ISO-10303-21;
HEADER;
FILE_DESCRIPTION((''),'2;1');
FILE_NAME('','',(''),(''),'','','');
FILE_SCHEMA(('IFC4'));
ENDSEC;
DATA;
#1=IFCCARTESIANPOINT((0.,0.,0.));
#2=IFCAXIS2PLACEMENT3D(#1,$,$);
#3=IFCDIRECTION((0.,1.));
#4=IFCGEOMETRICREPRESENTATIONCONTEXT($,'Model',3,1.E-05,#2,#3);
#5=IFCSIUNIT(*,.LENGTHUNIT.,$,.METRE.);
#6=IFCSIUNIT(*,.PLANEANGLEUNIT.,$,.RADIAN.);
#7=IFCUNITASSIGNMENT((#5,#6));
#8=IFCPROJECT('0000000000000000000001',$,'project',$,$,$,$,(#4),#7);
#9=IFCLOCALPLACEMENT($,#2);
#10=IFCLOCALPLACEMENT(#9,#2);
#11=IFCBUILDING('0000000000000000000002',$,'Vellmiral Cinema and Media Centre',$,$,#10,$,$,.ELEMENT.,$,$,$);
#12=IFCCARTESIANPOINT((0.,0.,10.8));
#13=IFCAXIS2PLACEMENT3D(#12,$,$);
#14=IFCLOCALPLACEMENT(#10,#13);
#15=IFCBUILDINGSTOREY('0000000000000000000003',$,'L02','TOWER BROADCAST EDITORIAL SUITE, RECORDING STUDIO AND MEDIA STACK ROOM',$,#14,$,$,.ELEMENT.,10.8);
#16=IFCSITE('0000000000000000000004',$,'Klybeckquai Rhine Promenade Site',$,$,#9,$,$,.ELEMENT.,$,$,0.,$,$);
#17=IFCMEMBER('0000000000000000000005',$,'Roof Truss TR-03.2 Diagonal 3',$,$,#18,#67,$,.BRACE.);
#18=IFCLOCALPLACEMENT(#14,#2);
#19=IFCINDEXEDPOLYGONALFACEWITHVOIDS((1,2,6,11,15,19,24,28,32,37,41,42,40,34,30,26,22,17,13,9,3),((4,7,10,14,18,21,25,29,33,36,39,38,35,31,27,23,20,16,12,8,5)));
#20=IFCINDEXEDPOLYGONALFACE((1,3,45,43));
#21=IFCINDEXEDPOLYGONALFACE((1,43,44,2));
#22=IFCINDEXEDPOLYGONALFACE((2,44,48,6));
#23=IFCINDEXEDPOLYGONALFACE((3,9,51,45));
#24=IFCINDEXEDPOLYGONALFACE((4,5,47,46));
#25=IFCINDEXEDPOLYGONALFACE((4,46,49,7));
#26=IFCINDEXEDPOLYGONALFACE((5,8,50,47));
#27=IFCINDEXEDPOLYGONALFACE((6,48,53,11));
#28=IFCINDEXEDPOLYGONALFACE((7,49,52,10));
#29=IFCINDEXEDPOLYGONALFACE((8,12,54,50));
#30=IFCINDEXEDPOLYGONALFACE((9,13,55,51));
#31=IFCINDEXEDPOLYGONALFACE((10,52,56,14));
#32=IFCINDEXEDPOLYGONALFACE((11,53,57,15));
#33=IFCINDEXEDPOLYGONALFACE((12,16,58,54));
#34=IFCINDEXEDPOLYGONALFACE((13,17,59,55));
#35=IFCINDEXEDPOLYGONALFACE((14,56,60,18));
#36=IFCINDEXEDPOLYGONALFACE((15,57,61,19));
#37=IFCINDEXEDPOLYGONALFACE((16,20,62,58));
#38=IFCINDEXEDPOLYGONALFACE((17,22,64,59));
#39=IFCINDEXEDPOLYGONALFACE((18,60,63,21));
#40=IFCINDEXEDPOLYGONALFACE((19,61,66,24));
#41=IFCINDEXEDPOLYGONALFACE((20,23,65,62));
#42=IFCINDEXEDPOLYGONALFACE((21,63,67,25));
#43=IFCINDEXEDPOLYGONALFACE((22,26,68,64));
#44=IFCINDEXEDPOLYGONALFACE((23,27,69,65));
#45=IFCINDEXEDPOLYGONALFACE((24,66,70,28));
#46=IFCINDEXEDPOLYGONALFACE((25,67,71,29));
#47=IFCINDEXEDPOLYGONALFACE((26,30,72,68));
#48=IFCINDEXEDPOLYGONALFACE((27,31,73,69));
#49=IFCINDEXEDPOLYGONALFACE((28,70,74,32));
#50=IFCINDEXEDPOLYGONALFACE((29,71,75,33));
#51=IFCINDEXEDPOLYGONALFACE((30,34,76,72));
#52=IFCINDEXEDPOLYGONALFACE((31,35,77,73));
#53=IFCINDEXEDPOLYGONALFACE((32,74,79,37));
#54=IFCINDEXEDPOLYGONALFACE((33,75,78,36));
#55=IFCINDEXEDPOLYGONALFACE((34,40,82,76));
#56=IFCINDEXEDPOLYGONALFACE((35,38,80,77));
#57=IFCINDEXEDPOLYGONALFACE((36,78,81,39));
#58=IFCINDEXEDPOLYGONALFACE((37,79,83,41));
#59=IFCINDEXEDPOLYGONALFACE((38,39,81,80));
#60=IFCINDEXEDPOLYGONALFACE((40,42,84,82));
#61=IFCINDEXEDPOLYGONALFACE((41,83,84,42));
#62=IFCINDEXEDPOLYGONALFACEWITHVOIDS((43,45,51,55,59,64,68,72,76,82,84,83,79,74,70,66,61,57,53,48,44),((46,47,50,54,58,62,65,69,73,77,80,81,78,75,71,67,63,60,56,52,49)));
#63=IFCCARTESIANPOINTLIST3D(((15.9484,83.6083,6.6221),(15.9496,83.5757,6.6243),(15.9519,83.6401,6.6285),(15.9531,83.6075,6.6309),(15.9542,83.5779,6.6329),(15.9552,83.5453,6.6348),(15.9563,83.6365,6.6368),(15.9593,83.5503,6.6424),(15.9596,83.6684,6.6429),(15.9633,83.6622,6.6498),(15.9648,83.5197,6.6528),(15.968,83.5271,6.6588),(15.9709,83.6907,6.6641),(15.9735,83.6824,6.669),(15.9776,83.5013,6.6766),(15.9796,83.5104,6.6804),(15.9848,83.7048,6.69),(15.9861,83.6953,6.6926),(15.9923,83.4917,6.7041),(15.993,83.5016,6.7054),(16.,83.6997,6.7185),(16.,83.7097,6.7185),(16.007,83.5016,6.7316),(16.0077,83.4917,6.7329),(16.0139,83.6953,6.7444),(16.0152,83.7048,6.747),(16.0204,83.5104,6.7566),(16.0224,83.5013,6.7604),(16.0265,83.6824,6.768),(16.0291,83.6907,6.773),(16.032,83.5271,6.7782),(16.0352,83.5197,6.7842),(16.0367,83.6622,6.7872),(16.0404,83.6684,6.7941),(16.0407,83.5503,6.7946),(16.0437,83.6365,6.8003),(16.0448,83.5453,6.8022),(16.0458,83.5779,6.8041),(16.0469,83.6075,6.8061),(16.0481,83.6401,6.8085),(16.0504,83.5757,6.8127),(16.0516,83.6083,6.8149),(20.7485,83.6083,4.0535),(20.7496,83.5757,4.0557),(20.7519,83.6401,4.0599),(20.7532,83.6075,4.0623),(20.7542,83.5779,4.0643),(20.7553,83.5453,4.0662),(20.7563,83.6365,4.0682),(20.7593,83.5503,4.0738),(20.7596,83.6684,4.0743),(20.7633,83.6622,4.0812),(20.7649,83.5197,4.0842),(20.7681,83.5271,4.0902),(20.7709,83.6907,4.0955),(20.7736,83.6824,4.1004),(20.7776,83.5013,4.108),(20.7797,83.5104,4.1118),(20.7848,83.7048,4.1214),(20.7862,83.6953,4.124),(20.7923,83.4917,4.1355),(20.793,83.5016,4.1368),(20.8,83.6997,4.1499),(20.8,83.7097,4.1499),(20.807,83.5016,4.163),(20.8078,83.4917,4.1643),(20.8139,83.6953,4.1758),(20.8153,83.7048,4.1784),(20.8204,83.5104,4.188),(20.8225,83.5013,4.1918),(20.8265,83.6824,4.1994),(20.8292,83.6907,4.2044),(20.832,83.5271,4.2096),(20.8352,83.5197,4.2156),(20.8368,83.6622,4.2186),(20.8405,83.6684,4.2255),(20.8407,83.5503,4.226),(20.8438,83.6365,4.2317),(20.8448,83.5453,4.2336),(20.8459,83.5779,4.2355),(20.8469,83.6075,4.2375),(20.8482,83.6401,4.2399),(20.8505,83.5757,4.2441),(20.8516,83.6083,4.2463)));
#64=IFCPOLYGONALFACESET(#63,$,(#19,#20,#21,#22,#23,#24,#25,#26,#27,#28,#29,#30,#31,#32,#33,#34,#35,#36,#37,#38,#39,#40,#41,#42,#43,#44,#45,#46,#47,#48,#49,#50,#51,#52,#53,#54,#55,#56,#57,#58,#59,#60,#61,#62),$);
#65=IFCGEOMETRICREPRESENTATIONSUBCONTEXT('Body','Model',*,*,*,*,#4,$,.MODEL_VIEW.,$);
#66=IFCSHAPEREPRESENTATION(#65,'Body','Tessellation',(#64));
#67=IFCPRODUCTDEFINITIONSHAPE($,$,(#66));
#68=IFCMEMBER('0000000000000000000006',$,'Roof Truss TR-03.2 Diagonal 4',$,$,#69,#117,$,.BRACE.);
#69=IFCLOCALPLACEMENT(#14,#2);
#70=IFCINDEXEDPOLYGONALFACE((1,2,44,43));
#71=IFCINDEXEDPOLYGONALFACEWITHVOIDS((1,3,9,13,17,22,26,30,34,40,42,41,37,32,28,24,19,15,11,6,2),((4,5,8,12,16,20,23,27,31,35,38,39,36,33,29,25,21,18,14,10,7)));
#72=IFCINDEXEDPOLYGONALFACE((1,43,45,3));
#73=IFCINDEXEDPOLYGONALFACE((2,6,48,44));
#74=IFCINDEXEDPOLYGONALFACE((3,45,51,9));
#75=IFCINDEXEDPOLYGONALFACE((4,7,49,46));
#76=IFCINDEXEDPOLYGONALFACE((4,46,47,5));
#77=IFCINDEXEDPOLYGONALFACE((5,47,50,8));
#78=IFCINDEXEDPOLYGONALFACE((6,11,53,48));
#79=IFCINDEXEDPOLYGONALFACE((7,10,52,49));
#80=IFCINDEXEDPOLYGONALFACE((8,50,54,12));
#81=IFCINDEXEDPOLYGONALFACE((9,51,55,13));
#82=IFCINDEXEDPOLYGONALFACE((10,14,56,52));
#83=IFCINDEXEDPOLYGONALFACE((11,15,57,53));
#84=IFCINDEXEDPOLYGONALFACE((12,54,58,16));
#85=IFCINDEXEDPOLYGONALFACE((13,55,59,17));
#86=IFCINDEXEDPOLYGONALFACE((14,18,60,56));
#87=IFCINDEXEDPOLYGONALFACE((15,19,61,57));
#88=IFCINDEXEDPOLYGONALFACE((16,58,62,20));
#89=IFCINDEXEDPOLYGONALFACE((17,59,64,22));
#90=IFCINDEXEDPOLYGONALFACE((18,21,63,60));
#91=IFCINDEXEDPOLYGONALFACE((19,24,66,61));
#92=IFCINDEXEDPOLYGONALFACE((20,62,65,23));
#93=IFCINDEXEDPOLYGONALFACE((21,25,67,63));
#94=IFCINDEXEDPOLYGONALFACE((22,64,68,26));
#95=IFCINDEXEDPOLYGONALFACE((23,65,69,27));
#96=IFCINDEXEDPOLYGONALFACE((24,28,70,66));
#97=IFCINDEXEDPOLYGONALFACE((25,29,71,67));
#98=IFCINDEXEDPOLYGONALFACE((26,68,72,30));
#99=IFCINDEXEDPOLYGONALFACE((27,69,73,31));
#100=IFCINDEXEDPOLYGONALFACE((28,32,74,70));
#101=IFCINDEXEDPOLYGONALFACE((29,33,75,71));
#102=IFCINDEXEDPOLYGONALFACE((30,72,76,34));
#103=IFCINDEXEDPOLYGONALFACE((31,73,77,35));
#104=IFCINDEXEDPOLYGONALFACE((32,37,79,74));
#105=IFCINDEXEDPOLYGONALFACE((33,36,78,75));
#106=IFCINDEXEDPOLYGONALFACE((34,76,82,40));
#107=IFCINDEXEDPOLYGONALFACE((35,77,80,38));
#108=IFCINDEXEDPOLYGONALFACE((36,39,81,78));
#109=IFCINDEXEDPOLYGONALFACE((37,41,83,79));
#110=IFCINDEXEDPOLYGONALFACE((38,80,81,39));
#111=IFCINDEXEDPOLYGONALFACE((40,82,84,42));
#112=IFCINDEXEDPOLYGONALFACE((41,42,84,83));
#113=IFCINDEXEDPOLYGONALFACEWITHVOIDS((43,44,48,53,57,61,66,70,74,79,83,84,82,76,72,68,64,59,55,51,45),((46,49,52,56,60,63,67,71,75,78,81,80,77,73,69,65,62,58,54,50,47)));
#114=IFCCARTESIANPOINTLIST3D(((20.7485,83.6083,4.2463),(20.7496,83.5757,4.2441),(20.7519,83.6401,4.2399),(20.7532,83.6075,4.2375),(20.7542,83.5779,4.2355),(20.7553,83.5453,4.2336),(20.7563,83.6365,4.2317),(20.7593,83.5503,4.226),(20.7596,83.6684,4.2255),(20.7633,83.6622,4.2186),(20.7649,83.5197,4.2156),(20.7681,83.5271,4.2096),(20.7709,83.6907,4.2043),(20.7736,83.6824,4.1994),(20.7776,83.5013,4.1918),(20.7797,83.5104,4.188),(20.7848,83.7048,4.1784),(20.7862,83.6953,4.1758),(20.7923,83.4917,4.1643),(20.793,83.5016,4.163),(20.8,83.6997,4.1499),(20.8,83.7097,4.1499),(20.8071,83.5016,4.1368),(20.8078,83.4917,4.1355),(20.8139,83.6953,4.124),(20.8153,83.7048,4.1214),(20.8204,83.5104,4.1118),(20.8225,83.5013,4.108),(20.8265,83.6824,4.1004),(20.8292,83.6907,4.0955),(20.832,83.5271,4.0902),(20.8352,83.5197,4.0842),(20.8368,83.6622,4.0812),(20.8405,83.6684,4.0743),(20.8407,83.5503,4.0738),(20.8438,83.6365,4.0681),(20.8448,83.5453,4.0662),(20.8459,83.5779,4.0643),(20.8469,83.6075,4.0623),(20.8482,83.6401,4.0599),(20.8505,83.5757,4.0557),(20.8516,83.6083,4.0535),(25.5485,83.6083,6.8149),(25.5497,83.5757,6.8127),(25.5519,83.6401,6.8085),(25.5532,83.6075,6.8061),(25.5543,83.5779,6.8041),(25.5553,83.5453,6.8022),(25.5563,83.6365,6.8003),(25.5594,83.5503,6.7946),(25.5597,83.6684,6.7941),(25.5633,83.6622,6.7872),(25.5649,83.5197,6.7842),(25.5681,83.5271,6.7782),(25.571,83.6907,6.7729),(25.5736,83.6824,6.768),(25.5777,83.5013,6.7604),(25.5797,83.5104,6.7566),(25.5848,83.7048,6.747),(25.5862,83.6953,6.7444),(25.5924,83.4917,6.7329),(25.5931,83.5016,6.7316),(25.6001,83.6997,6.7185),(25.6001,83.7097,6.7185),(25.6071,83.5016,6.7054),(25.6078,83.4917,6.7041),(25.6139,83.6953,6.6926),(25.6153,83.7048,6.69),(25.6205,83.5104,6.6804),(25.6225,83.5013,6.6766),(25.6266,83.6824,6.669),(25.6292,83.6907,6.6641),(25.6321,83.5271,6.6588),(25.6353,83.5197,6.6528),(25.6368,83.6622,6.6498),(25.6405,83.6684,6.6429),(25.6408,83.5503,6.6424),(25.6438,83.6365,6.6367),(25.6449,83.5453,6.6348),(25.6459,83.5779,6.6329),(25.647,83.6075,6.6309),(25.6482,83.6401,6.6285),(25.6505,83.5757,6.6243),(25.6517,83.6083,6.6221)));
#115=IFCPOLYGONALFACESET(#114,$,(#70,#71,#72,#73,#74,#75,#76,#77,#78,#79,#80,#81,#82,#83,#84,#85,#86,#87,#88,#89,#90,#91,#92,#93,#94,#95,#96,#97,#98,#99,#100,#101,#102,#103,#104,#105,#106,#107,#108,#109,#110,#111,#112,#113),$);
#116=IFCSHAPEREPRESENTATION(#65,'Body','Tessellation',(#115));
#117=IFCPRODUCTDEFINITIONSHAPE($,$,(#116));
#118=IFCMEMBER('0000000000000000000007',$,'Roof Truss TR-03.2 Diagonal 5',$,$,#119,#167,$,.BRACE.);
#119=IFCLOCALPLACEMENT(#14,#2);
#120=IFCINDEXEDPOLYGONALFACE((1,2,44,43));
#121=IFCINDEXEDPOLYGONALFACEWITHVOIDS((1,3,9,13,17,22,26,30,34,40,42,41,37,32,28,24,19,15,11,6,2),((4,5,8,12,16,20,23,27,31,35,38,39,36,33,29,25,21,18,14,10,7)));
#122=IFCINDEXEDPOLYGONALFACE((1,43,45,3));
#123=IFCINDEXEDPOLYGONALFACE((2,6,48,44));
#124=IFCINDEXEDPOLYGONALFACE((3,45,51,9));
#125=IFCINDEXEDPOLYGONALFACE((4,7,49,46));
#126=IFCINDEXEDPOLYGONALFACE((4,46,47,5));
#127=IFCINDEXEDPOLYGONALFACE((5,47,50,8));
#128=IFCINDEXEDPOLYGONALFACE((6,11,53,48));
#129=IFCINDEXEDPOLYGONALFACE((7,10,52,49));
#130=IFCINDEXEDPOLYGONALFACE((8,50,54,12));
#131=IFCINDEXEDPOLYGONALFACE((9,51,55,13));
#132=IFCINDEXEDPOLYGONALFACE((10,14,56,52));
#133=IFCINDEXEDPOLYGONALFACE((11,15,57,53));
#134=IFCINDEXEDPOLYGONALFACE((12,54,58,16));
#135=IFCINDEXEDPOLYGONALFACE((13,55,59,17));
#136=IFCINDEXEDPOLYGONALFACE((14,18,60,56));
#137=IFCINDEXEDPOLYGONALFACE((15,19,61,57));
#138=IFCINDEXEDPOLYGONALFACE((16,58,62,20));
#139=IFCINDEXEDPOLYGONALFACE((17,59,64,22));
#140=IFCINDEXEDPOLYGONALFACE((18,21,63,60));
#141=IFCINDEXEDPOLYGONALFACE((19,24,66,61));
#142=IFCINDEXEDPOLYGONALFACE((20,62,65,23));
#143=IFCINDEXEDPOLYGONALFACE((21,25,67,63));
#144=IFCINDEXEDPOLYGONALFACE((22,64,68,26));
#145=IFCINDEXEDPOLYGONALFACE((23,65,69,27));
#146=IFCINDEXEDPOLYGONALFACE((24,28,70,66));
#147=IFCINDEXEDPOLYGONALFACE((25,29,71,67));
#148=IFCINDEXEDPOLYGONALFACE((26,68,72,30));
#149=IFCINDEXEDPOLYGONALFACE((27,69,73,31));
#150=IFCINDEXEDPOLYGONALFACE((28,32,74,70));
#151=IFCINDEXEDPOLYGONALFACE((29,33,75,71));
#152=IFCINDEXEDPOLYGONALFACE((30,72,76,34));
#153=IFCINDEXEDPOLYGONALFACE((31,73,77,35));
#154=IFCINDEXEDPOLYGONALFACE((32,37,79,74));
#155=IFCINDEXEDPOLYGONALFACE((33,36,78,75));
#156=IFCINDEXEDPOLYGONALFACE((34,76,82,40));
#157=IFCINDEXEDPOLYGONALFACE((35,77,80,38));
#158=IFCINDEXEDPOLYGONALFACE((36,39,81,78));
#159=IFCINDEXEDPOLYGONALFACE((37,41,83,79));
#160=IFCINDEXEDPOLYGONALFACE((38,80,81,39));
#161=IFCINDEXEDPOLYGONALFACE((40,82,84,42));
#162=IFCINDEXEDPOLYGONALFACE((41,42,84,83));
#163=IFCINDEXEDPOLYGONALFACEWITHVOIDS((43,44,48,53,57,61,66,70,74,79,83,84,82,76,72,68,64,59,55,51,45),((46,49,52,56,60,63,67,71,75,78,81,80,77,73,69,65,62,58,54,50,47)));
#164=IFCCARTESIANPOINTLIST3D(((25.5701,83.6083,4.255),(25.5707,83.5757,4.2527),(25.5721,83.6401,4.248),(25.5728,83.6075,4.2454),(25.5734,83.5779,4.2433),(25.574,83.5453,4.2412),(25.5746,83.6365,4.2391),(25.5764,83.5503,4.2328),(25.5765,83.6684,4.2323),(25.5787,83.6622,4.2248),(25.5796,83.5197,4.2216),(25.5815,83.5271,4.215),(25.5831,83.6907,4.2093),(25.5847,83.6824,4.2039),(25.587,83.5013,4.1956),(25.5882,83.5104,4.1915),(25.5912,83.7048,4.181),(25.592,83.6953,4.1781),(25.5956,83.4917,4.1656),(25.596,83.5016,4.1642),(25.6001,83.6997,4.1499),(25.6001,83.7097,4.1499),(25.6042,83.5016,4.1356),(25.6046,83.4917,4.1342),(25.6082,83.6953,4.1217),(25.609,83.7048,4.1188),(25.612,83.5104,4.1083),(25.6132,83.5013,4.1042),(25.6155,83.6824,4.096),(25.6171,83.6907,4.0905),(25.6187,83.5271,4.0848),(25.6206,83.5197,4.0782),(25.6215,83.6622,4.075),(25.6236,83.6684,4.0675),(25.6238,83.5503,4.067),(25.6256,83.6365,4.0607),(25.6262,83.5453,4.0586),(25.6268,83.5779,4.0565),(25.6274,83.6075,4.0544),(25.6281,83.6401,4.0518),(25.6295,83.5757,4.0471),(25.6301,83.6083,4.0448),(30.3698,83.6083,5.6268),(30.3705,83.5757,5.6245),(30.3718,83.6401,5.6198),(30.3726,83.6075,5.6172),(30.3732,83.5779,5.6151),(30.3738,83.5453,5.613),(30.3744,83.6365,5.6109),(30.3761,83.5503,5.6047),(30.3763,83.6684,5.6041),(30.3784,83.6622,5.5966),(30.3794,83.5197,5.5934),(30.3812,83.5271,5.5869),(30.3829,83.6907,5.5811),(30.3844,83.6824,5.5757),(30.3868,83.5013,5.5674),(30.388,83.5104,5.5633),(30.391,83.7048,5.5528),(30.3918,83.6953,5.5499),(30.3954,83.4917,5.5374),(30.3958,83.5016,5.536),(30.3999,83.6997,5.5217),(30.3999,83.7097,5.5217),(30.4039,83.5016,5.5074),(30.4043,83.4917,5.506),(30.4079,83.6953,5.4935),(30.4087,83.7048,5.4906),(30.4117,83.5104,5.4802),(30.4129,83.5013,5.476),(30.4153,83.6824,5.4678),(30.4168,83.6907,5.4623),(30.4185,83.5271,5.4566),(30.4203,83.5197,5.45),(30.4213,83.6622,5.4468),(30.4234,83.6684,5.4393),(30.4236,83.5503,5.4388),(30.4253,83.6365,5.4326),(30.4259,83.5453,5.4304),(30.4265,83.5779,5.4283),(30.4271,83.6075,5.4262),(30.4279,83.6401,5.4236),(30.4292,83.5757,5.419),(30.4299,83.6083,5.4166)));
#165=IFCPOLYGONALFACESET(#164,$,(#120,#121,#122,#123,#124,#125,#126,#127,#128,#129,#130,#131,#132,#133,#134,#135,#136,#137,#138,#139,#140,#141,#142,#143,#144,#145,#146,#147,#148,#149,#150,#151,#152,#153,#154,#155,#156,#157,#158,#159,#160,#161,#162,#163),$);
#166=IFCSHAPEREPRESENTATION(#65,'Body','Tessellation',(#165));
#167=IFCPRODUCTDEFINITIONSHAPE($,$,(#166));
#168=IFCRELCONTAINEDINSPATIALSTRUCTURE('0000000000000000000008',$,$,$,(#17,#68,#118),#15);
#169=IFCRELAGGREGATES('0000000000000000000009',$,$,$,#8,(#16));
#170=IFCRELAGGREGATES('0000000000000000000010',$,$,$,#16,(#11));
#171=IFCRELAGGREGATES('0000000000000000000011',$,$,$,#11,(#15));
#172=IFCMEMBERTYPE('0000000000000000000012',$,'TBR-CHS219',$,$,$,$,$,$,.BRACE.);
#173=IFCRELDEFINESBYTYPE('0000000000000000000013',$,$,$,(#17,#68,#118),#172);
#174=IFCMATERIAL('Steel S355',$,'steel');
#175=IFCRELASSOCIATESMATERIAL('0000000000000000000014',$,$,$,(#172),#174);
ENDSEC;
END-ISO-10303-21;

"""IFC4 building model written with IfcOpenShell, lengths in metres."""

from ifc_helpers import new_model, si_unit, direction, frame, origin, origin_2d, place, context, subcontext, project, spatial, hollow_circle, extrude, material, material_profile, profile_set, type_object, element, save


model = new_model("IFC4")

# Units and contexts
model_context = context("Model", 3, precision=1e-05, world=origin(), true_north=direction((0.0, 1.0)))
body_context = subcontext(model_context, "Body", "Model", "MODEL_VIEW")
ifc_project = project(units=[si_unit("LENGTHUNIT", "METRE"), si_unit("PLANEANGLEUNIT", "RADIAN")], contexts=[model_context])

# Site, building, storey
site_placement = place(None, origin())
site = spatial("IfcSite", under=ifc_project, at=site_placement, Name="Klybeckquai Rhine Promenade Site", CompositionType="ELEMENT", RefElevation=0.0)
building_placement = place(site_placement, origin())
building = spatial("IfcBuilding", under=site, at=building_placement, Name="Vellmiral Cinema and Media Centre", CompositionType="ELEMENT")
storey_placement = place(building_placement, frame((0.0, 0.0, 10.8)))
storey = spatial("IfcBuildingStorey", under=building, at=storey_placement, Name="L02", Description="TOWER BROADCAST EDITORIAL SUITE, RECORDING STUDIO AND MEDIA STACK ROOM", CompositionType="ELEMENT", Elevation=10.8)

# Members
ifc_material_1 = material(Name="Steel S355", Category="steel")
ifc_material_profile_1 = material_profile(ifc_material_1, hollow_circle(Radius=0.1096, WallThickness=0.01, at=origin_2d()), Name="CHS 219.1x10.0")
ifc_profile_set_1 = profile_set([ifc_material_profile_1], Name="Steel S355")
member_type_1 = type_object("IfcMemberType", Name="TBR-CHS219", PredefinedType="BRACE", material=ifc_profile_set_1)
for number, where, z_axis, x_axis, name in (
    (1, (16.0, 83.6001, 6.7185), (0.881698, 0.0, -0.471814), (0.0, 1.0, 0.0), "Roof Truss TR-03.2 Diagonal 3"),
    (2, (20.8, 83.6001, 4.1499), (0.881698, 0.0, 0.471814), (0.0, 1.0, 0.0), "Roof Truss TR-03.2 Diagonal 4"),
):
    element("IfcMember", number, at=place(storey_placement, frame(where, z_axis=z_axis, x_axis=x_axis)), inside=storey, type_object=member_type_1, Name=name, PredefinedType="BRACE", context=body_context, shape_type="SweptSolid", body=[
        extrude(hollow_circle(Radius=0.1096, WallThickness=0.01, at=origin_2d()), origin(), (0.0, 0.0, 1.0), 5.4441),
    ])
member_1_placement = place(storey_placement, frame((25.6001, 83.6001, 4.1499), z_axis=(0.9615, 0.0, 0.274805), x_axis=(0.0, 1.0, 0.0)))
element("IfcMember", 3, at=member_1_placement, inside=storey, type_object=member_type_1, Name="Roof Truss TR-03.2 Diagonal 5", PredefinedType="BRACE", context=body_context, shape_type="SweptSolid", body=[
    extrude(hollow_circle(Radius=0.1096, WallThickness=0.01, at=origin_2d()), origin(), (0.0, 0.0, 1.0), 4.9919),
])

save(model, "model.ifc")
